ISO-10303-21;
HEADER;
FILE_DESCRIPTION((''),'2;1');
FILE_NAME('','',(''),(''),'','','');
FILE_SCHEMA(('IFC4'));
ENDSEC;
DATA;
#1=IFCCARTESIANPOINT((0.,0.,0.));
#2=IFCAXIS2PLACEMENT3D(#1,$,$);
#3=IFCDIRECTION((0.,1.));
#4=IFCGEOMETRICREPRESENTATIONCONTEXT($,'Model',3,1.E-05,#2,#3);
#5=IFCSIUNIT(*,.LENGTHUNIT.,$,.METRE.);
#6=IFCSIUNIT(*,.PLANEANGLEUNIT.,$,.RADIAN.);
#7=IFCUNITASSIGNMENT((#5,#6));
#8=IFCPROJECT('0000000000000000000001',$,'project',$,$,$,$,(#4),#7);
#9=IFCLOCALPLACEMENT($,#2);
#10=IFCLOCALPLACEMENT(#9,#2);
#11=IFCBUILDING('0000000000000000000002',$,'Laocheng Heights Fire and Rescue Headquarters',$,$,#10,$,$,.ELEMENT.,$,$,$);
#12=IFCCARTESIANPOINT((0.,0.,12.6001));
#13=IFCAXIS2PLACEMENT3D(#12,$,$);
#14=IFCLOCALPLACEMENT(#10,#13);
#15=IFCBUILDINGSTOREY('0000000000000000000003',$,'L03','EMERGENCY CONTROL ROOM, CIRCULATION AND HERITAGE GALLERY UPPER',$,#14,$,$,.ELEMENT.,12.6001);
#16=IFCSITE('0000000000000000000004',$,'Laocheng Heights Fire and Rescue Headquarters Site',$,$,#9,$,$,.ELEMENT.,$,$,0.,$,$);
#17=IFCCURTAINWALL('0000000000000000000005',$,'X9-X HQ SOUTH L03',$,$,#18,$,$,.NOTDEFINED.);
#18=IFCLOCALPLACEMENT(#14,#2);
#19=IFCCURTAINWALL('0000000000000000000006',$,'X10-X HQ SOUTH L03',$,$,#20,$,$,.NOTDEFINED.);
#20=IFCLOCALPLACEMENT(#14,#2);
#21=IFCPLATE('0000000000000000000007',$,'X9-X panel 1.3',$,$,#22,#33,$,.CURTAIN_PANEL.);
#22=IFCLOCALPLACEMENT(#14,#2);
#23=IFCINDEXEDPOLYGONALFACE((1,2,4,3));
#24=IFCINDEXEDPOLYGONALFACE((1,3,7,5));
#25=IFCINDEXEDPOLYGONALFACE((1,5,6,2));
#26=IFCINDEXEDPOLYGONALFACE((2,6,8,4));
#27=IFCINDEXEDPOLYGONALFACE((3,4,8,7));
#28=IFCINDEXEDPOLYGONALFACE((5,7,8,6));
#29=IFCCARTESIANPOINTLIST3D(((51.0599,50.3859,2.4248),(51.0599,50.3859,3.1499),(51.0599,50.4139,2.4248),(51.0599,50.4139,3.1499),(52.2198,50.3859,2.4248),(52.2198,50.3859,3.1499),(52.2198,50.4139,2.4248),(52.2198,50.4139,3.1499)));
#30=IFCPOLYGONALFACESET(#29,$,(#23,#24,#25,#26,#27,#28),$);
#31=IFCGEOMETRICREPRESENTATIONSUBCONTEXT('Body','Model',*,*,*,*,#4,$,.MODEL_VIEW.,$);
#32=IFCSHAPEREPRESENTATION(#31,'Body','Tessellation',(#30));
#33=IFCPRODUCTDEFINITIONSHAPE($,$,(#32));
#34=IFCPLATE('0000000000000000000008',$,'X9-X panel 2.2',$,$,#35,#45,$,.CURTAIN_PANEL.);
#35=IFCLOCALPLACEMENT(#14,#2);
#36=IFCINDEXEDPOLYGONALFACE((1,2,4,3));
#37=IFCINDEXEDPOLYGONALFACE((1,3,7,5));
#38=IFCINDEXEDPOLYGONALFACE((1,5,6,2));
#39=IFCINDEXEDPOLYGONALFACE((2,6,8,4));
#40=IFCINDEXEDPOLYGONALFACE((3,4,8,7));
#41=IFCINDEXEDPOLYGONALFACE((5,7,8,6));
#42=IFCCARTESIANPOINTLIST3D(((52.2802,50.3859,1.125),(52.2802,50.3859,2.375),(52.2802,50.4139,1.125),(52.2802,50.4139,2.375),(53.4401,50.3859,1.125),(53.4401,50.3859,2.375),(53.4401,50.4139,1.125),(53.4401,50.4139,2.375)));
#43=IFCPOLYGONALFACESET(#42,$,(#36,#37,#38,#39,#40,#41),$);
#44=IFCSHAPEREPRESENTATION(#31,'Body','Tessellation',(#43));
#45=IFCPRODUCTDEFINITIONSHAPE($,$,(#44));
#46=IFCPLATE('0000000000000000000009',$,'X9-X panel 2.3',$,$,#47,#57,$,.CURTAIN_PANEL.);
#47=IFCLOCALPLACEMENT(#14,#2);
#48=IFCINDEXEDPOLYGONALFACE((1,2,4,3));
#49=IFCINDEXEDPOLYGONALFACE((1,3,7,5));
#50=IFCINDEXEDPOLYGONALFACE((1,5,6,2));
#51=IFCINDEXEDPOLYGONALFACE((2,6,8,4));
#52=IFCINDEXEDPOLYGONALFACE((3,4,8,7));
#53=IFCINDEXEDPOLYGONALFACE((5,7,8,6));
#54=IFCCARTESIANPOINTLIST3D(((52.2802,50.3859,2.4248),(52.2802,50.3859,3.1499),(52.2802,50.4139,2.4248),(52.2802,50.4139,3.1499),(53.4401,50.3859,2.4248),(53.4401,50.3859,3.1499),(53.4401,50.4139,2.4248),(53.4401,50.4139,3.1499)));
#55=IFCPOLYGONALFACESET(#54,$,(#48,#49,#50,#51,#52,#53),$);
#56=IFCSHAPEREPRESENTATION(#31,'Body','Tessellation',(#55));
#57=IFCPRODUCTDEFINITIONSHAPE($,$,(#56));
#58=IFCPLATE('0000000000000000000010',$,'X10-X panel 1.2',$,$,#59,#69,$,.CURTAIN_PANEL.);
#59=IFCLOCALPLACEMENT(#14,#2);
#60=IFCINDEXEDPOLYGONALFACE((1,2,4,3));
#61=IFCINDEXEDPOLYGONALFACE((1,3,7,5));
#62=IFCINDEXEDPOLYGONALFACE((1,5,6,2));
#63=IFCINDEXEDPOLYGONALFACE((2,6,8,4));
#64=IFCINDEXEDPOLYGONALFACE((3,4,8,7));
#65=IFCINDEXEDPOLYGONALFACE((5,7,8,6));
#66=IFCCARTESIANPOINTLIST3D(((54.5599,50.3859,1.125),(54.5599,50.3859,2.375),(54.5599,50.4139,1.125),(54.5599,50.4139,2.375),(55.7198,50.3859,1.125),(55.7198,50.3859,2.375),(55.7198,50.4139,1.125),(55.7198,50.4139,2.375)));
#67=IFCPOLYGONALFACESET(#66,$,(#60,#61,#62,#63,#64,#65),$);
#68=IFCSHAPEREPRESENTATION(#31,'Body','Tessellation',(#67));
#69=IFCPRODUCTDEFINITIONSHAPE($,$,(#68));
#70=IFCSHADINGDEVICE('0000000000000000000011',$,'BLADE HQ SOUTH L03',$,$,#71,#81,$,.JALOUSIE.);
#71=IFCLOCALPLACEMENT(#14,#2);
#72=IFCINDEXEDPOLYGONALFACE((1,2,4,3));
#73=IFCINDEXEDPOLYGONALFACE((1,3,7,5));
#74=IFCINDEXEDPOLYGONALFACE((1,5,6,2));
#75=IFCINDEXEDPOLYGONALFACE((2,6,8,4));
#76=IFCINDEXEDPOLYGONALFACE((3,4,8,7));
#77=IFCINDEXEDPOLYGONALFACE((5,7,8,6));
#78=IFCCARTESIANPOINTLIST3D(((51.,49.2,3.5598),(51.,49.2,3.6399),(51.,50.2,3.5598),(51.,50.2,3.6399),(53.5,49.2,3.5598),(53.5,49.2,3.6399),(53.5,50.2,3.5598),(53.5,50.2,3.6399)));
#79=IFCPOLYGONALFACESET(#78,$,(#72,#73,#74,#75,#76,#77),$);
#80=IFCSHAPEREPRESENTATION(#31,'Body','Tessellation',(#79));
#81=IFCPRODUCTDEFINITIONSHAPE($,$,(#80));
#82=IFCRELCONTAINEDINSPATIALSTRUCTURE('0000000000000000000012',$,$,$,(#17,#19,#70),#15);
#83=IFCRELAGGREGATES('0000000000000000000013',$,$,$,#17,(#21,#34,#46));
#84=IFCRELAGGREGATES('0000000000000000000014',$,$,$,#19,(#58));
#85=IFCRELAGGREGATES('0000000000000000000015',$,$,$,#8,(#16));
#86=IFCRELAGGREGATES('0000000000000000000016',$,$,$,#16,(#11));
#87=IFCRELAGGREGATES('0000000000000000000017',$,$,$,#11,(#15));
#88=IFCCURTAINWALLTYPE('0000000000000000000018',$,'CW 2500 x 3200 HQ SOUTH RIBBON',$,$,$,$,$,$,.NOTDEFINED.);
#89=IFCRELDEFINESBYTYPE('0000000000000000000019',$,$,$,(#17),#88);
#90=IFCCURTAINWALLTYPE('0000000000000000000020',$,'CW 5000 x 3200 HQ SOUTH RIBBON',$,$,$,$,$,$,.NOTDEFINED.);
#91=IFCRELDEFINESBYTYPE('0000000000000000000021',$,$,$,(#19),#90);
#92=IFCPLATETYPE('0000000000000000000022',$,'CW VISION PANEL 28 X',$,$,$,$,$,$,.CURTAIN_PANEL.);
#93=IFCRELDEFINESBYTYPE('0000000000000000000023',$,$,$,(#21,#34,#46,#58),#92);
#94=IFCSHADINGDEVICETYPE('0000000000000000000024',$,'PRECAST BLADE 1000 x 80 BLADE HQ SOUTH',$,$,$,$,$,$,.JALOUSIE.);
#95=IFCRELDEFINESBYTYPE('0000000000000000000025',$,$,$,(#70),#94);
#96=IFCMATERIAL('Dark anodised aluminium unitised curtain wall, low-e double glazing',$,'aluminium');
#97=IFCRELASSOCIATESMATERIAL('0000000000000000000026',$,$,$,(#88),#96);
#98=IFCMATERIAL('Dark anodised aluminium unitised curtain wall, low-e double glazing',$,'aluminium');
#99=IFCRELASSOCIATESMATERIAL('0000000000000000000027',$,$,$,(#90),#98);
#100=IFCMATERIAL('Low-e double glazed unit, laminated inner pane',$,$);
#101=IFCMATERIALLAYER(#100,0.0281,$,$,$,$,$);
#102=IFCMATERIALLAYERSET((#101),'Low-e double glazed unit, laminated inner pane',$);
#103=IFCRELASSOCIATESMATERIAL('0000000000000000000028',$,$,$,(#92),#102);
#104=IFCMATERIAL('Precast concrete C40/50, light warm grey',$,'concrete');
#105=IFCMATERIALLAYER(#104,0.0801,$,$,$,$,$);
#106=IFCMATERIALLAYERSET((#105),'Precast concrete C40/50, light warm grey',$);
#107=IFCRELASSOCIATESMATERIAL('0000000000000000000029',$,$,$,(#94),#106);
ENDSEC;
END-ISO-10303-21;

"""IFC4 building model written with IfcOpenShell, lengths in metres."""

from ifc_helpers import new_model, si_unit, direction, frame, origin, origin_2d, place, context, subcontext, project, spatial, rectangle, extrude, material, layer, layer_set, type_object, element, aggregate, save


model = new_model("IFC4")

# Units and contexts
model_context = context("Model", 3, precision=1e-05, world=origin(), true_north=direction((0.0, 1.0)))
body_context = subcontext(model_context, "Body", "Model", "MODEL_VIEW")
ifc_project = project(units=[si_unit("LENGTHUNIT", "METRE"), si_unit("PLANEANGLEUNIT", "RADIAN")], contexts=[model_context])

# Site, building, storey
site_placement = place(None, origin())
site = spatial("IfcSite", under=ifc_project, at=site_placement, Name="Laocheng Heights Fire and Rescue Headquarters Site", CompositionType="ELEMENT", RefElevation=0.0)
building_placement = place(site_placement, origin())
building = spatial("IfcBuilding", under=site, at=building_placement, Name="Laocheng Heights Fire and Rescue Headquarters", CompositionType="ELEMENT")
storey_placement = place(building_placement, frame((0.0, 0.0, 12.6001)))
storey = spatial("IfcBuildingStorey", under=building, at=storey_placement, Name="L03", Description="EMERGENCY CONTROL ROOM, CIRCULATION AND HERITAGE GALLERY UPPER", CompositionType="ELEMENT", Elevation=12.6001)

# Curtain wall
ifc_material_1 = material(Name="Dark anodised aluminium unitised curtain wall, low-e double glazing", Category="aluminium")
curtain_wall_type_1 = type_object("IfcCurtainWallType", Name="CW 2500 x 3200 HQ SOUTH RIBBON", PredefinedType="NOTDEFINED", material=ifc_material_1)
curtain_wall_1_placement = place(storey_placement, origin())
curtain_wall_1 = element("IfcCurtainWall", 1, at=curtain_wall_1_placement, inside=storey, type_object=curtain_wall_type_1, Name="X9-X HQ SOUTH L03", PredefinedType="NOTDEFINED")

# Curtain wall
ifc_material_2 = material(Name="Dark anodised aluminium unitised curtain wall, low-e double glazing", Category="aluminium")
curtain_wall_type_2 = type_object("IfcCurtainWallType", Name="CW 5000 x 3200 HQ SOUTH RIBBON", PredefinedType="NOTDEFINED", material=ifc_material_2)
curtain_wall_2_placement = place(storey_placement, origin())
curtain_wall_2 = element("IfcCurtainWall", 2, at=curtain_wall_2_placement, inside=storey, type_object=curtain_wall_type_2, Name="X10-X HQ SOUTH L03", PredefinedType="NOTDEFINED")

# Plates
ifc_material_3 = material(Name="Low-e double glazed unit, laminated inner pane")
ifc_layer_1 = layer(ifc_material_3, 0.0281)
ifc_layer_set_1 = layer_set([ifc_layer_1], Name="Low-e double glazed unit, laminated inner pane")
plate_type_1 = type_object("IfcPlateType", Name="CW VISION PANEL 28 X", PredefinedType="CURTAIN_PANEL", material=ifc_layer_set_1)
plate_1_placement = place(storey_placement, frame((51.6399, 50.3999, 2.4248), z_axis=(0.0, 0.0, 1.0), x_axis=(1.0, 0.0, 0.0)))
plate_1 = element("IfcPlate", 3, at=plate_1_placement, type_object=plate_type_1, Name="X9-X panel 1.3", PredefinedType="CURTAIN_PANEL", context=body_context, shape_type="SweptSolid", body=[
    extrude(rectangle(XDim=1.1599, YDim=0.0281, at=origin_2d()), origin(), (0.0, 0.0, 1.0), 0.7251),
])
plate_2_placement = place(storey_placement, frame((52.8601, 50.3999, 1.125), z_axis=(0.0, 0.0, 1.0), x_axis=(1.0, 0.0, 0.0)))
plate_2 = element("IfcPlate", 4, at=plate_2_placement, type_object=plate_type_1, Name="X9-X panel 2.2", PredefinedType="CURTAIN_PANEL", context=body_context, shape_type="SweptSolid", body=[
    extrude(rectangle(XDim=1.1599, YDim=0.0281, at=origin_2d()), origin(), (0.0, 0.0, 1.0), 1.25),
])
plate_3_placement = place(storey_placement, frame((52.8601, 50.3999, 2.4248), z_axis=(0.0, 0.0, 1.0), x_axis=(1.0, 0.0, 0.0)))
plate_3 = element("IfcPlate", 5, at=plate_3_placement, type_object=plate_type_1, Name="X9-X panel 2.3", PredefinedType="CURTAIN_PANEL", context=body_context, shape_type="SweptSolid", body=[
    extrude(rectangle(XDim=1.1599, YDim=0.0281, at=origin_2d()), origin(), (0.0, 0.0, 1.0), 0.7251),
])
aggregate(curtain_wall_1, [plate_1, plate_2, plate_3])
plate_4_placement = place(storey_placement, frame((55.1399, 50.3999, 1.125), z_axis=(0.0, 0.0, 1.0), x_axis=(1.0, 0.0, 0.0)))
plate_4 = element("IfcPlate", 6, at=plate_4_placement, type_object=plate_type_1, Name="X10-X panel 1.2", PredefinedType="CURTAIN_PANEL", context=body_context, shape_type="SweptSolid", body=[
    extrude(rectangle(XDim=1.1599, YDim=0.0281, at=origin_2d()), origin(), (0.0, 0.0, 1.0), 1.25),
])
aggregate(curtain_wall_2, [plate_4])

# Shading device
ifc_material_4 = material(Name="Precast concrete C40/50, light warm grey", Category="concrete")
ifc_layer_2 = layer(ifc_material_4, 0.0801)
ifc_layer_set_2 = layer_set([ifc_layer_2], Name="Precast concrete C40/50, light warm grey")
shading_device_type = type_object("IfcShadingDeviceType", Name="PRECAST BLADE 1000 x 80 BLADE HQ SOUTH", PredefinedType="JALOUSIE", material=ifc_layer_set_2)
shading_device_placement = place(storey_placement, frame((52.25, 49.7, 3.5598), z_axis=(0.0, 0.0, 1.0), x_axis=(1.0, 0.0, 0.0)))
element("IfcShadingDevice", 7, at=shading_device_placement, inside=storey, type_object=shading_device_type, Name="BLADE HQ SOUTH L03", PredefinedType="JALOUSIE", context=body_context, shape_type="SweptSolid", body=[
    extrude(rectangle(XDim=2.5, YDim=1.0, at=origin_2d()), origin(), (0.0, 0.0, 1.0), 0.0801),
])

save(model, "model.ifc")
